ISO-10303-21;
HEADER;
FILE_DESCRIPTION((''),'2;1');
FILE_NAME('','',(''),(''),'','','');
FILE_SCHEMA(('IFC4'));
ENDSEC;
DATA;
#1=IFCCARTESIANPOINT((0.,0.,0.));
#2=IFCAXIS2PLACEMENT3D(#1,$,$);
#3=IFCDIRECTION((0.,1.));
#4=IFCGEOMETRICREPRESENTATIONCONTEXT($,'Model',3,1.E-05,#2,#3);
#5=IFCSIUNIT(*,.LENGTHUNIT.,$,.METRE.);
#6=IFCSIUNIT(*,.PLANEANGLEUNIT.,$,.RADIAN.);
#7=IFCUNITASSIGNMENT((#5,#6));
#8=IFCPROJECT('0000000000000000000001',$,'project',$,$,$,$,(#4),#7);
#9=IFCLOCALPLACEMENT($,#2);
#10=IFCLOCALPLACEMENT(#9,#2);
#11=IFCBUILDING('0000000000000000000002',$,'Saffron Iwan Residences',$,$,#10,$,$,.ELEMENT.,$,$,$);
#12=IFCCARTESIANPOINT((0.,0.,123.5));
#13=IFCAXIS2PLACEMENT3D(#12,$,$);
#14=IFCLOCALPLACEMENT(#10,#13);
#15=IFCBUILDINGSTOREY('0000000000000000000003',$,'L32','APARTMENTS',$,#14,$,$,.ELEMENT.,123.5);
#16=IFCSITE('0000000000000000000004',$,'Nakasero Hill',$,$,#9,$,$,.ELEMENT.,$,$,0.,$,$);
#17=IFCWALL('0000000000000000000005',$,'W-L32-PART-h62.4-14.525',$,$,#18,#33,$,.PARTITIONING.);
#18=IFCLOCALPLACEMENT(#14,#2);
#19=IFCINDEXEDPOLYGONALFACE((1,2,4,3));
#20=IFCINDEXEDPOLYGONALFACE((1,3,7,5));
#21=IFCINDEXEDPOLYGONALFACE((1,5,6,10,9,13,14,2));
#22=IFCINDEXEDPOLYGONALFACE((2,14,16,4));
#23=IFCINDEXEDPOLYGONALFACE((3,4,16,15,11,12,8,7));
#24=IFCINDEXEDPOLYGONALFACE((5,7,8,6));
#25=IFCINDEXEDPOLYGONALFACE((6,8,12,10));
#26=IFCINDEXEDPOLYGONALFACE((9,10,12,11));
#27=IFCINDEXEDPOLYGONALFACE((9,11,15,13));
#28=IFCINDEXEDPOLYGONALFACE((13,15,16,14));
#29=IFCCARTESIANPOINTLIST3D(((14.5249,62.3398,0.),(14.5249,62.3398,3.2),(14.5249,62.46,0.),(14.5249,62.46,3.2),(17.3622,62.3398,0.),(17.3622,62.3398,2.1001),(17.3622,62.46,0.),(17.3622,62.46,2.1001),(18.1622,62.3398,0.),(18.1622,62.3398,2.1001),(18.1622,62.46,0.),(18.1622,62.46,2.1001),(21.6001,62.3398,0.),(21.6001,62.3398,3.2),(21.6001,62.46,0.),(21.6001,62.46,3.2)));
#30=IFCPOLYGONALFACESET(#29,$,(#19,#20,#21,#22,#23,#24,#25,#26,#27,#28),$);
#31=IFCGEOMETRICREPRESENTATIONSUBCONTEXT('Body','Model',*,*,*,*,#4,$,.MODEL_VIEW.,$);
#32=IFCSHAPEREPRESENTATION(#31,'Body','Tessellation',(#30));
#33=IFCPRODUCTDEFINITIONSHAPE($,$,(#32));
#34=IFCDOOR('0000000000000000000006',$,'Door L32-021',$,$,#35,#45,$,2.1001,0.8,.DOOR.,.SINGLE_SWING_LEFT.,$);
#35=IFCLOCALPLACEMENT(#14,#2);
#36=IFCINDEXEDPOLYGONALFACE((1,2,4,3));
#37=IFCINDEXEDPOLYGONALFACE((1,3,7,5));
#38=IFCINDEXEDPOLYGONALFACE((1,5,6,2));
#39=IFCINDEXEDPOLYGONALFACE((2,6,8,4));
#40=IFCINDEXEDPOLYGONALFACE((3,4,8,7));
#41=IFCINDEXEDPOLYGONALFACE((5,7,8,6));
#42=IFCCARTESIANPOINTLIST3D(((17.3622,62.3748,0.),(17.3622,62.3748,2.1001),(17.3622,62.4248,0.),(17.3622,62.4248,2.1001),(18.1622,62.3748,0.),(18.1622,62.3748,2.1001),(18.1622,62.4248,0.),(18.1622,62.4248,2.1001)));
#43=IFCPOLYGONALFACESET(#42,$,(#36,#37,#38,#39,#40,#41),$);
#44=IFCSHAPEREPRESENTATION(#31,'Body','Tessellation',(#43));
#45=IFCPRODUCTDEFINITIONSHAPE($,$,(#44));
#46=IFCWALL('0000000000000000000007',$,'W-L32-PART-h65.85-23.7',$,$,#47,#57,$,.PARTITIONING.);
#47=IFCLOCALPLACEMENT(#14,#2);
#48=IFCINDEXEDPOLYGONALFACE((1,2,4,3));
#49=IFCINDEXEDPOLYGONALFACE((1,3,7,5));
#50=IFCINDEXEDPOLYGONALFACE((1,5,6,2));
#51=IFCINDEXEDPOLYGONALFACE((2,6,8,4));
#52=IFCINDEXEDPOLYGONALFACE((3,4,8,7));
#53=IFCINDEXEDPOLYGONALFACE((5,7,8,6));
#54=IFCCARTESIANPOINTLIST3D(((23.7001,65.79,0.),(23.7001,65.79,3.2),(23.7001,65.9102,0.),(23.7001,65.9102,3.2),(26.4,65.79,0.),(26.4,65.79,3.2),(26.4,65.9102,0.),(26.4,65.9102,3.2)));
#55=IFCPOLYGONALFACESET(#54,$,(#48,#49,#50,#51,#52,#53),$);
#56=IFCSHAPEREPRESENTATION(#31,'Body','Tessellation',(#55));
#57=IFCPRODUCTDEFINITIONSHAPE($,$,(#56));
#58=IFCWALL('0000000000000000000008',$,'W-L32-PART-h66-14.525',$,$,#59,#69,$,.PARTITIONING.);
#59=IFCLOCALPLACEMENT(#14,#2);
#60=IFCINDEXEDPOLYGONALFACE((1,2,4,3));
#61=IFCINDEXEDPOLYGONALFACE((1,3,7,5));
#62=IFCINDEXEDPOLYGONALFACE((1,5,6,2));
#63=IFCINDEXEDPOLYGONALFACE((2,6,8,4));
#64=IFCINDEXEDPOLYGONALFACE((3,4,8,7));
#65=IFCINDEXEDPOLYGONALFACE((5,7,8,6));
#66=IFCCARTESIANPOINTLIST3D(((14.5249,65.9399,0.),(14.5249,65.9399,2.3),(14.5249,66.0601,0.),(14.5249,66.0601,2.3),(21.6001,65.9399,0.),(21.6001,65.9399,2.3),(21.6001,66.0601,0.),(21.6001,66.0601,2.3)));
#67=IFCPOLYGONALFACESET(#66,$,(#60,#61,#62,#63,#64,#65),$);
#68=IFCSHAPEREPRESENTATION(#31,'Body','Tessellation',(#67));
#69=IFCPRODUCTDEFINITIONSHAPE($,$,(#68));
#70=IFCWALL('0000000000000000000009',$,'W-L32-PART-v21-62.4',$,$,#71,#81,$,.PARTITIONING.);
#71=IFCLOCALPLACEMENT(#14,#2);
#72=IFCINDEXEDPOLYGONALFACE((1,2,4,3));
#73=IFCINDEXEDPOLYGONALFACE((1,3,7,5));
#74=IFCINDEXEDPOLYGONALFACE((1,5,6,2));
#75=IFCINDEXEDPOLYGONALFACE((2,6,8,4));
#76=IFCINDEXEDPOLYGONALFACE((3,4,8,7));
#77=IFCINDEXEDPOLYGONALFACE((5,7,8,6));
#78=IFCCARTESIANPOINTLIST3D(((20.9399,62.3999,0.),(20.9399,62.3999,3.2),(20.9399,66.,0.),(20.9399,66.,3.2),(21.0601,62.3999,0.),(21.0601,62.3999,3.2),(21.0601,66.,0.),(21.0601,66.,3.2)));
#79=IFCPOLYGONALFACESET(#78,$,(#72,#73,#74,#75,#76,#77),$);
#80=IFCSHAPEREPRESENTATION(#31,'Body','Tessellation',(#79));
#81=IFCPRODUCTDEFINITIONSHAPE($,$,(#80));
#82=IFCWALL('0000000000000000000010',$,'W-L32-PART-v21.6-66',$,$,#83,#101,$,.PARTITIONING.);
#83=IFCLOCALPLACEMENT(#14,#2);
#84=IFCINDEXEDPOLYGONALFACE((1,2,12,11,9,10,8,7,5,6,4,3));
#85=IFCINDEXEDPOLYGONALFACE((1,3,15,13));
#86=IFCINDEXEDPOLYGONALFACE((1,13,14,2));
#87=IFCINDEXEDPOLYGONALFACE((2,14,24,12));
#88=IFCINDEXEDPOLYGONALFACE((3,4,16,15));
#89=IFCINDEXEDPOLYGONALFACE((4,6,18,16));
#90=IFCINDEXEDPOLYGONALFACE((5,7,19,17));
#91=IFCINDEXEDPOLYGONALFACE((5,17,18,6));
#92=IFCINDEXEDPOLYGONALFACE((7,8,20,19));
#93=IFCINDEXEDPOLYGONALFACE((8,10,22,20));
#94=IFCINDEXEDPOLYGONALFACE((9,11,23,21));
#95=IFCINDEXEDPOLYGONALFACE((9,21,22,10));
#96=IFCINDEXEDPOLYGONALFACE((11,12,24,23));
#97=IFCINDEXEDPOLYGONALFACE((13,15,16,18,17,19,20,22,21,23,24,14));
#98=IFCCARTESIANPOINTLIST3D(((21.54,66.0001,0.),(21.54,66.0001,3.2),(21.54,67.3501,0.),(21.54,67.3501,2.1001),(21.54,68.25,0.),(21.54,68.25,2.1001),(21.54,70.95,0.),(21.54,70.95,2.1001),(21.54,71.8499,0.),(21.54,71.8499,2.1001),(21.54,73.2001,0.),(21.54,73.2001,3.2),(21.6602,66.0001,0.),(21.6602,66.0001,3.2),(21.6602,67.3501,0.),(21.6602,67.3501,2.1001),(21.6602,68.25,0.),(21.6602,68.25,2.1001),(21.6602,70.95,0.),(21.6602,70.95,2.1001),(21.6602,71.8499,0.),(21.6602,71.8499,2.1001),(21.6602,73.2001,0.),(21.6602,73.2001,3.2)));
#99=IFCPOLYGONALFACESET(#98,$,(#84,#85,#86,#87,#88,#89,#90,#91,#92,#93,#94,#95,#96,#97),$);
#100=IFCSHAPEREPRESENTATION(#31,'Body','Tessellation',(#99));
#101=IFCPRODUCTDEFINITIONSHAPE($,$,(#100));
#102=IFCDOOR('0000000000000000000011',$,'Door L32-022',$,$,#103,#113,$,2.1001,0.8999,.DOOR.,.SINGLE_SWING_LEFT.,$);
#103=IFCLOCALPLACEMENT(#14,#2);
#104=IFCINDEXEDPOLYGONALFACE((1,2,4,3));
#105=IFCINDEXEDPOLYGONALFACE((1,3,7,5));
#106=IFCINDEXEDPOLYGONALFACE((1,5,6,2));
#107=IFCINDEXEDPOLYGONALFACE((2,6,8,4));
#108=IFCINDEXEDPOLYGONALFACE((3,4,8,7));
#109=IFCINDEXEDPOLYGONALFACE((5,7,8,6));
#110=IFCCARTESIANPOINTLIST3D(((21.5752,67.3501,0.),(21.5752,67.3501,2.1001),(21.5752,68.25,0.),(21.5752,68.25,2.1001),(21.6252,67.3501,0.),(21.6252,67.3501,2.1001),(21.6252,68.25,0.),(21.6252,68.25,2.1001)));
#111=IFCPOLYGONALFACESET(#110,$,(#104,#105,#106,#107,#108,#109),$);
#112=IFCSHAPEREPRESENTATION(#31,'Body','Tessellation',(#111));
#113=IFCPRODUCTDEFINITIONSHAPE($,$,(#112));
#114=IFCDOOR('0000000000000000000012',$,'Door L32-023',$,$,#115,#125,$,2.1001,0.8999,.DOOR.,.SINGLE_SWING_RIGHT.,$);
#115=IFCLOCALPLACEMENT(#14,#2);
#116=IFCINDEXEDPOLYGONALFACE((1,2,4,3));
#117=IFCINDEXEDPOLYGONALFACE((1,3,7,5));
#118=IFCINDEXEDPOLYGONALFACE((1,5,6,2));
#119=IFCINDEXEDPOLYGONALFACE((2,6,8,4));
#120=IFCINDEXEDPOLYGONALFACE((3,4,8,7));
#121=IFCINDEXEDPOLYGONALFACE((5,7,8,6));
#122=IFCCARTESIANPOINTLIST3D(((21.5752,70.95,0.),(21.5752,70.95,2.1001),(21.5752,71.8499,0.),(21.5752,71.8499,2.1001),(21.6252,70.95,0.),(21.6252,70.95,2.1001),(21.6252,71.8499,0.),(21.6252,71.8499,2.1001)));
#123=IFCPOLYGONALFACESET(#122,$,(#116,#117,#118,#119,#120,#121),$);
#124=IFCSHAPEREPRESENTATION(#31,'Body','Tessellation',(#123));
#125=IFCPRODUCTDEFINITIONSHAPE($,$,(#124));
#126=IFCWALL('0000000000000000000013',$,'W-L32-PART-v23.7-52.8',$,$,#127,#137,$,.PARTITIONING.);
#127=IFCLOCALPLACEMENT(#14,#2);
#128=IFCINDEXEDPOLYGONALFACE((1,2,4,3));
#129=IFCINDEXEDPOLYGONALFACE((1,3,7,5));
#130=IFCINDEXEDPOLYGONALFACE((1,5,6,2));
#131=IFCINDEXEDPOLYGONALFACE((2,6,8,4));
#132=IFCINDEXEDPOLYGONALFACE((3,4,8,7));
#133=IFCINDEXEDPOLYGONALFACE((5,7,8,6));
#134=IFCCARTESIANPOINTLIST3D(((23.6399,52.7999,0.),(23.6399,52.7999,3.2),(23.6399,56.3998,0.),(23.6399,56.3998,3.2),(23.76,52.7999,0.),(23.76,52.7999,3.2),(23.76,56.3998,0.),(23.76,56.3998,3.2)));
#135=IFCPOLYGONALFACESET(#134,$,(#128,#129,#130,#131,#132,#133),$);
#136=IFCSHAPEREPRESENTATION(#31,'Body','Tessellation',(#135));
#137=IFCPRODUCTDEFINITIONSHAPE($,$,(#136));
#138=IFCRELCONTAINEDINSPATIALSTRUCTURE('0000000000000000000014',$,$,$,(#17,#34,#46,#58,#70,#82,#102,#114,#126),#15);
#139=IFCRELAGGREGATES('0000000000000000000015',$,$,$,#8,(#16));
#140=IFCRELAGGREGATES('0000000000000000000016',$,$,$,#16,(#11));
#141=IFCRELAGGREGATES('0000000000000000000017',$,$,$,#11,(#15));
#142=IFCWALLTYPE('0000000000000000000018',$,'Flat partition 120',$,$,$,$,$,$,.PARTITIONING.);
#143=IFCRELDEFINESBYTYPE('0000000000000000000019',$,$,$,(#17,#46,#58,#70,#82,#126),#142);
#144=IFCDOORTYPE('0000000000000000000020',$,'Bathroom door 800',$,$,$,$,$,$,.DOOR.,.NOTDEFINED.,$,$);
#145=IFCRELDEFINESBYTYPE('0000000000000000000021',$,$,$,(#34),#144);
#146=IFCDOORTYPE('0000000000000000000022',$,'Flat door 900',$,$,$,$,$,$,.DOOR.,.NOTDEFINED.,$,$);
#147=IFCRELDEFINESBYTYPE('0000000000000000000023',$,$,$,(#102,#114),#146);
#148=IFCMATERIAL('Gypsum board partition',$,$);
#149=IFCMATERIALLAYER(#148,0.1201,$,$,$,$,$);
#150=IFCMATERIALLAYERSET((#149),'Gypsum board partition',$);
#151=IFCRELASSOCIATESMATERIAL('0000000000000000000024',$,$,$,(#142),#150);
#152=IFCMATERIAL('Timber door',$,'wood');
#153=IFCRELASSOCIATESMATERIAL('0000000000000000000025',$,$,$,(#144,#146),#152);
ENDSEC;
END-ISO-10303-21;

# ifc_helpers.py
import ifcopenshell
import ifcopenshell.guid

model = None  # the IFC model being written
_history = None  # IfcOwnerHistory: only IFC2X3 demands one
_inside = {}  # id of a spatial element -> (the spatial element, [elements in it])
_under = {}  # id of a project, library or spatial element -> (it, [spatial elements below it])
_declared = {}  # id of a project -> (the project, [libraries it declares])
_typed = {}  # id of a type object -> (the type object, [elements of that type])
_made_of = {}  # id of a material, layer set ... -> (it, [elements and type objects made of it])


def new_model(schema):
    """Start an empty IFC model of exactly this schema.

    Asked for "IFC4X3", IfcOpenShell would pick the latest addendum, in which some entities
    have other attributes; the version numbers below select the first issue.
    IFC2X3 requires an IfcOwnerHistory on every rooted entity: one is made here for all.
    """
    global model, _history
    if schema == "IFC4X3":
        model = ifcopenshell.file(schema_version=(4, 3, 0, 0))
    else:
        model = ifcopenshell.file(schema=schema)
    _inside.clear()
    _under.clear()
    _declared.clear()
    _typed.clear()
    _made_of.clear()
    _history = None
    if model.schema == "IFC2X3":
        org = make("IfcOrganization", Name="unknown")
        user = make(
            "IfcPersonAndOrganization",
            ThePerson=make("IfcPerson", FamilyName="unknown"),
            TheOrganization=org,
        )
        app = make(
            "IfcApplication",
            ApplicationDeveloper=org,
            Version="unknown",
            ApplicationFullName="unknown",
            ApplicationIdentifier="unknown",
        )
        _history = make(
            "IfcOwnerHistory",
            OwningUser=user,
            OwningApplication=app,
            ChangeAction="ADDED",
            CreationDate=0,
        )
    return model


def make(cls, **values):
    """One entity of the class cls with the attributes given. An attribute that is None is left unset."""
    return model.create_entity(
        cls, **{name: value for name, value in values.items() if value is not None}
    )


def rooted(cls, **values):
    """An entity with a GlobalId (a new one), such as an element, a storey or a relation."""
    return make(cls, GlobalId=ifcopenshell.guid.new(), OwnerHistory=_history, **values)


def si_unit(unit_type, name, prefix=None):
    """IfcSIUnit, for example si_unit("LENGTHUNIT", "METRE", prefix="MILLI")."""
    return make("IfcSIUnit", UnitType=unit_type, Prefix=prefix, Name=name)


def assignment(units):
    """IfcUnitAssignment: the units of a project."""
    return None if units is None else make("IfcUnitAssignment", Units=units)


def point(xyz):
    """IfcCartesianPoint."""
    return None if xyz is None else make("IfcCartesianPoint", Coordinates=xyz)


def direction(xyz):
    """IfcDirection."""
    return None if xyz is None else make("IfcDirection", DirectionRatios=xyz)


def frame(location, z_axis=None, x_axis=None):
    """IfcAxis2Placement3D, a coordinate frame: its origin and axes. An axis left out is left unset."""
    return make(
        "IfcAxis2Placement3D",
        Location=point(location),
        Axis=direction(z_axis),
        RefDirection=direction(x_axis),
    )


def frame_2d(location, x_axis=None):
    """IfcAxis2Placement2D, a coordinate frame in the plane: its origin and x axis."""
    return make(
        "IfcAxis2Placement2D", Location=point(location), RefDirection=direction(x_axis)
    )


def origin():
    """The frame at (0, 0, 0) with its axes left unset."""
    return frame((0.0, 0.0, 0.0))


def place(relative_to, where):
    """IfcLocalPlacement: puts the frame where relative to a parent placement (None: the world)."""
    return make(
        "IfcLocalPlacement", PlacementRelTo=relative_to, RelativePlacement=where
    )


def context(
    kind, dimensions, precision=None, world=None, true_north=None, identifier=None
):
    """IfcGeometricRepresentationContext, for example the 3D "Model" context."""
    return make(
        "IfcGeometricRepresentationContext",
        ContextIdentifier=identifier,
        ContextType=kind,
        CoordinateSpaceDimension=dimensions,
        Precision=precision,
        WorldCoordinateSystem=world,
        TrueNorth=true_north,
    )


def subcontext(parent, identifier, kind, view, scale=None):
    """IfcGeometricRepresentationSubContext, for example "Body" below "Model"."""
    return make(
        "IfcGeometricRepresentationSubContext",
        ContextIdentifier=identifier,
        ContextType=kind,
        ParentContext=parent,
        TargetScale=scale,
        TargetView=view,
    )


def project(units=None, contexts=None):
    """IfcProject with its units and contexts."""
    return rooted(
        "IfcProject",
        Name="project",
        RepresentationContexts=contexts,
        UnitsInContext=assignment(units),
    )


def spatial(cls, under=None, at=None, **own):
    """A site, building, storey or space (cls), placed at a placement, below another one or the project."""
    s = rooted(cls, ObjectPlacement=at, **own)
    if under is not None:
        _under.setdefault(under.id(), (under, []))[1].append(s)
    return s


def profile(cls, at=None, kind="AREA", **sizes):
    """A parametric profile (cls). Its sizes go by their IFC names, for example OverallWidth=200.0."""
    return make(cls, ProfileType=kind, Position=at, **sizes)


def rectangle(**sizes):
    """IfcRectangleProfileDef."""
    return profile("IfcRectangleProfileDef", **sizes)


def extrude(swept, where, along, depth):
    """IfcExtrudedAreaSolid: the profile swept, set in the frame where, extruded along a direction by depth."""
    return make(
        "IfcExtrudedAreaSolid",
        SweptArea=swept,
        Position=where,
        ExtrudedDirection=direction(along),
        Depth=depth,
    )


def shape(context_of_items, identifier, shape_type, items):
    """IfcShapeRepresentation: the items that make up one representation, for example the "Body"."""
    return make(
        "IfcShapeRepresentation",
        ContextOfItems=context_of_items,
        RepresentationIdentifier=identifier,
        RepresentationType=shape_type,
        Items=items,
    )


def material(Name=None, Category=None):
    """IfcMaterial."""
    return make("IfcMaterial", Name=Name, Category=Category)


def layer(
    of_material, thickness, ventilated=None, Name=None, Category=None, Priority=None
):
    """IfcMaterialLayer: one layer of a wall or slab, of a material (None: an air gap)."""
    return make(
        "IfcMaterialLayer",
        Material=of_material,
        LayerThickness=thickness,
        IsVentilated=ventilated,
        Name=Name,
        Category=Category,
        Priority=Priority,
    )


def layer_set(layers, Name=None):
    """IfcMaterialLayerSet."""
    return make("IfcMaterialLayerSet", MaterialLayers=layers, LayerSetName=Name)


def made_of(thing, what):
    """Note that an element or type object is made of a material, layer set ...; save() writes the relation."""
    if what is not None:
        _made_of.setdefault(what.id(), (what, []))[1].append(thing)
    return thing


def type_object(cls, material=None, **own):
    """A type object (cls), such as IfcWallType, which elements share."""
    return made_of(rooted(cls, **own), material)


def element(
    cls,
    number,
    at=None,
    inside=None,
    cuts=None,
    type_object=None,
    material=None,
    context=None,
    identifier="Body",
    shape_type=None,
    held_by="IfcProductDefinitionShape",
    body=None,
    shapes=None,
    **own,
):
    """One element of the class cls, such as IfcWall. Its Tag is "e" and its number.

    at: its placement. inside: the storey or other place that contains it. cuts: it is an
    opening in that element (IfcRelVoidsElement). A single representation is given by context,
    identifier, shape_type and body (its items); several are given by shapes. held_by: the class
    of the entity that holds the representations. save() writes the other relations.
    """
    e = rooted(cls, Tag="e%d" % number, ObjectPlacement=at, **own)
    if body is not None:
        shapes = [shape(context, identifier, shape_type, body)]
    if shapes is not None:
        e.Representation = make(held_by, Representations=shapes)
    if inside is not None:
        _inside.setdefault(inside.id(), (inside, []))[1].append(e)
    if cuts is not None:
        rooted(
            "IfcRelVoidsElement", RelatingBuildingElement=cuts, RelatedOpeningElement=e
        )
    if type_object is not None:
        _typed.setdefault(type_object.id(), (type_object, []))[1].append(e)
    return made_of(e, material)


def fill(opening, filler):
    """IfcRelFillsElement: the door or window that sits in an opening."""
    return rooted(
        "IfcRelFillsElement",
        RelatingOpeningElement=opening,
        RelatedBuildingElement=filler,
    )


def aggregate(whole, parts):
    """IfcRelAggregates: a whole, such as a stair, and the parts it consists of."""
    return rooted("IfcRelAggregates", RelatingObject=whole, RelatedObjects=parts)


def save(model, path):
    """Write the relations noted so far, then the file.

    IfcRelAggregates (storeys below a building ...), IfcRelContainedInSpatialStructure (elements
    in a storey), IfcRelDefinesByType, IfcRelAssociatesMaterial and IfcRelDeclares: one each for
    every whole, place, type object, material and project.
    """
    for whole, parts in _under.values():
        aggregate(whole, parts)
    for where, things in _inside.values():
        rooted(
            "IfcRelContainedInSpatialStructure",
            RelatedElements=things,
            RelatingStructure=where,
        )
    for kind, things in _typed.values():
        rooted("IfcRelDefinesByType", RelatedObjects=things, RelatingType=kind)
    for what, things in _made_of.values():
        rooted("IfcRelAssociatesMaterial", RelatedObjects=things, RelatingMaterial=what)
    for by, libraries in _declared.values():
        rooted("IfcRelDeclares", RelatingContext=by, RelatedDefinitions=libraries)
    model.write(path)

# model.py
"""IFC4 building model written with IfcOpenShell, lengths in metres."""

from ifc_helpers import new_model, si_unit, direction, frame, frame_2d, origin, place, context, subcontext, project, spatial, rectangle, extrude, material, layer, layer_set, type_object, element, fill, save


model = new_model("IFC4")

# Units and contexts
model_context = context("Model", 3, precision=1e-05, world=origin(), true_north=direction((0.0, 1.0)))
body_context = subcontext(model_context, "Body", "Model", "MODEL_VIEW")
ifc_project = project(units=[si_unit("LENGTHUNIT", "METRE"), si_unit("PLANEANGLEUNIT", "RADIAN")], contexts=[model_context])

# Site, building, storey
site_placement = place(None, origin())
site = spatial("IfcSite", under=ifc_project, at=site_placement, Name="Nakasero Hill", CompositionType="ELEMENT", RefElevation=0.0)
building_placement = place(site_placement, origin())
building = spatial("IfcBuilding", under=site, at=building_placement, Name="Saffron Iwan Residences", CompositionType="ELEMENT")
storey_placement = place(building_placement, frame((0.0, 0.0, 123.5)))
storey = spatial("IfcBuildingStorey", under=building, at=storey_placement, Name="L32", Description="APARTMENTS", CompositionType="ELEMENT", Elevation=123.5)

# Shared definitions
ifc_material_1 = material(Name="Gypsum board partition")
ifc_layer_1 = layer(ifc_material_1, 0.1201)
ifc_layer_set_1 = layer_set([ifc_layer_1], Name="Gypsum board partition")
wall_type_1 = type_object("IfcWallType", Name="Flat partition 120", PredefinedType="PARTITIONING", material=ifc_layer_set_1)

# Wall, opening, door
wall_1_placement = place(storey_placement, frame((14.5249, 62.3999, 0.0), z_axis=(0.0, 0.0, 1.0), x_axis=(1.0, 0.0, 0.0)))
wall_1 = element("IfcWall", 1, at=wall_1_placement, inside=storey, type_object=wall_type_1, Name="W-L32-PART-h62.4-14.525", PredefinedType="PARTITIONING", context=body_context, shape_type="SweptSolid", body=[
    extrude(rectangle(XDim=7.0752, YDim=0.1201, at=frame_2d((3.5376, 0.0))), origin(), (0.0, 0.0, 1.0), 3.2),
])
opening_1_placement = place(wall_1_placement, frame((2.8374, 0.0, 0.0)))
opening_1 = element("IfcOpeningElement", 2, at=opening_1_placement, cuts=wall_1, PredefinedType="OPENING", context=body_context, shape_type="SweptSolid", body=[
    extrude(rectangle(XDim=0.8, YDim=2.1001, at=frame_2d((0.3999, 1.05))), frame((0.0, 0.0701, 0.0), z_axis=(0.0, -1.0, 0.0), x_axis=(1.0, 0.0, 0.0)), (0.0, 0.0, 1.0), 0.1401),
])
ifc_material_2 = material(Name="Timber door", Category="wood")
door_type_1 = type_object("IfcDoorType", Name="Bathroom door 800", OperationType="NOTDEFINED", PredefinedType="DOOR", material=ifc_material_2)
door_1_placement = place(opening_1_placement, origin())
door_1 = element("IfcDoor", 3, at=door_1_placement, inside=storey, type_object=door_type_1, Name="Door L32-021", OperationType="SINGLE_SWING_LEFT", OverallHeight=2.1001, OverallWidth=0.8, PredefinedType="DOOR", context=body_context, shape_type="SweptSolid", body=[
    extrude(rectangle(XDim=0.8, YDim=2.1001, at=frame_2d((0.3999, 1.05))), frame((0.0, 0.0249, 0.0), z_axis=(0.0, -1.0, 0.0), x_axis=(1.0, 0.0, 0.0)), (0.0, 0.0, 1.0), 0.05),
])
fill(opening_1, door_1)

# Walls
wall_2_placement = place(storey_placement, frame((23.7, 65.8501, 0.0), z_axis=(0.0, 0.0, 1.0), x_axis=(1.0, 0.0, 0.0)))
element("IfcWall", 4, at=wall_2_placement, inside=storey, type_object=wall_type_1, Name="W-L32-PART-h65.85-23.7", PredefinedType="PARTITIONING", context=body_context, shape_type="SweptSolid", body=[
    extrude(rectangle(XDim=2.7, YDim=0.1201, at=frame_2d((1.3501, 0.0))), origin(), (0.0, 0.0, 1.0), 3.2),
])
wall_3_placement = place(storey_placement, frame((14.5249, 66.0, 0.0), z_axis=(0.0, 0.0, 1.0), x_axis=(1.0, 0.0, 0.0)))
element("IfcWall", 5, at=wall_3_placement, inside=storey, type_object=wall_type_1, Name="W-L32-PART-h66-14.525", PredefinedType="PARTITIONING", context=body_context, shape_type="SweptSolid", body=[
    extrude(rectangle(XDim=7.0752, YDim=0.1201, at=frame_2d((3.5376, 0.0))), origin(), (0.0, 0.0, 1.0), 2.3),
])
wall_4_placement = place(storey_placement, frame((21.0, 62.3999, 0.0), z_axis=(0.0, 0.0, 1.0), x_axis=(0.0, 1.0, 0.0)))
element("IfcWall", 6, at=wall_4_placement, inside=storey, type_object=wall_type_1, Name="W-L32-PART-v21-62.4", PredefinedType="PARTITIONING", context=body_context, shape_type="SweptSolid", body=[
    extrude(rectangle(XDim=3.6001, YDim=0.1201, at=frame_2d((1.8, 0.0))), origin(), (0.0, 0.0, 1.0), 3.2),
])

# Wall, openings, doors
wall_5_placement = place(storey_placement, frame((21.6001, 66.0, 0.0), z_axis=(0.0, 0.0, 1.0), x_axis=(0.0, 1.0, 0.0)))
wall_5 = element("IfcWall", 7, at=wall_5_placement, inside=storey, type_object=wall_type_1, Name="W-L32-PART-v21.6-66", PredefinedType="PARTITIONING", context=body_context, shape_type="SweptSolid", body=[
    extrude(rectangle(XDim=7.2, YDim=0.1201, at=frame_2d((3.6001, 0.0))), origin(), (0.0, 0.0, 1.0), 3.2),
])
opening_2_placement = place(wall_5_placement, frame((1.3501, 0.0, 0.0)))
opening_2 = element("IfcOpeningElement", 8, at=opening_2_placement, cuts=wall_5, PredefinedType="OPENING", context=body_context, shape_type="SweptSolid", body=[
    extrude(rectangle(XDim=0.8999, YDim=2.1001, at=frame_2d((0.45, 1.05))), frame((0.0, 0.0701, 0.0), z_axis=(0.0, -1.0, 0.0), x_axis=(1.0, 0.0, 0.0)), (0.0, 0.0, 1.0), 0.1401),
])
opening_3_placement = place(wall_5_placement, frame((4.95, 0.0, 0.0)))
opening_3 = element("IfcOpeningElement", 9, at=opening_3_placement, cuts=wall_5, PredefinedType="OPENING", context=body_context, shape_type="SweptSolid", body=[
    extrude(rectangle(XDim=0.8999, YDim=2.1001, at=frame_2d((0.45, 1.05))), frame((0.0, 0.0701, 0.0), z_axis=(0.0, -1.0, 0.0), x_axis=(1.0, 0.0, 0.0)), (0.0, 0.0, 1.0), 0.1401),
])
door_type_2 = type_object("IfcDoorType", Name="Flat door 900", OperationType="NOTDEFINED", PredefinedType="DOOR", material=ifc_material_2)
door_2_placement = place(opening_2_placement, origin())
door_2 = element("IfcDoor", 10, at=door_2_placement, inside=storey, type_object=door_type_2, Name="Door L32-022", OperationType="SINGLE_SWING_LEFT", OverallHeight=2.1001, OverallWidth=0.8999, PredefinedType="DOOR", context=body_context, shape_type="SweptSolid", body=[
    extrude(rectangle(XDim=0.8999, YDim=2.1001, at=frame_2d((0.45, 1.05))), frame((0.0, 0.0249, 0.0), z_axis=(0.0, -1.0, 0.0), x_axis=(1.0, 0.0, 0.0)), (0.0, 0.0, 1.0), 0.05),
])
fill(opening_2, door_2)
door_3_placement = place(opening_3_placement, origin())
door_3 = element("IfcDoor", 11, at=door_3_placement, inside=storey, type_object=door_type_2, Name="Door L32-023", OperationType="SINGLE_SWING_RIGHT", OverallHeight=2.1001, OverallWidth=0.8999, PredefinedType="DOOR", context=body_context, shape_type="SweptSolid", body=[
    extrude(rectangle(XDim=0.8999, YDim=2.1001, at=frame_2d((0.45, 1.05))), frame((0.0, 0.0249, 0.0), z_axis=(0.0, -1.0, 0.0), x_axis=(1.0, 0.0, 0.0)), (0.0, 0.0, 1.0), 0.05),
])
fill(opening_3, door_3)

# Wall
wall_6_placement = place(storey_placement, frame((23.7, 52.8, 0.0), z_axis=(0.0, 0.0, 1.0), x_axis=(0.0, 1.0, 0.0)))
element("IfcWall", 12, at=wall_6_placement, inside=storey, type_object=wall_type_1, Name="W-L32-PART-v23.7-52.8", PredefinedType="PARTITIONING", context=body_context, shape_type="SweptSolid", body=[
    extrude(rectangle(XDim=3.5999, YDim=0.1201, at=frame_2d((1.7998, 0.0))), origin(), (0.0, 0.0, 1.0), 3.2),
])

save(model, "model.ifc")
